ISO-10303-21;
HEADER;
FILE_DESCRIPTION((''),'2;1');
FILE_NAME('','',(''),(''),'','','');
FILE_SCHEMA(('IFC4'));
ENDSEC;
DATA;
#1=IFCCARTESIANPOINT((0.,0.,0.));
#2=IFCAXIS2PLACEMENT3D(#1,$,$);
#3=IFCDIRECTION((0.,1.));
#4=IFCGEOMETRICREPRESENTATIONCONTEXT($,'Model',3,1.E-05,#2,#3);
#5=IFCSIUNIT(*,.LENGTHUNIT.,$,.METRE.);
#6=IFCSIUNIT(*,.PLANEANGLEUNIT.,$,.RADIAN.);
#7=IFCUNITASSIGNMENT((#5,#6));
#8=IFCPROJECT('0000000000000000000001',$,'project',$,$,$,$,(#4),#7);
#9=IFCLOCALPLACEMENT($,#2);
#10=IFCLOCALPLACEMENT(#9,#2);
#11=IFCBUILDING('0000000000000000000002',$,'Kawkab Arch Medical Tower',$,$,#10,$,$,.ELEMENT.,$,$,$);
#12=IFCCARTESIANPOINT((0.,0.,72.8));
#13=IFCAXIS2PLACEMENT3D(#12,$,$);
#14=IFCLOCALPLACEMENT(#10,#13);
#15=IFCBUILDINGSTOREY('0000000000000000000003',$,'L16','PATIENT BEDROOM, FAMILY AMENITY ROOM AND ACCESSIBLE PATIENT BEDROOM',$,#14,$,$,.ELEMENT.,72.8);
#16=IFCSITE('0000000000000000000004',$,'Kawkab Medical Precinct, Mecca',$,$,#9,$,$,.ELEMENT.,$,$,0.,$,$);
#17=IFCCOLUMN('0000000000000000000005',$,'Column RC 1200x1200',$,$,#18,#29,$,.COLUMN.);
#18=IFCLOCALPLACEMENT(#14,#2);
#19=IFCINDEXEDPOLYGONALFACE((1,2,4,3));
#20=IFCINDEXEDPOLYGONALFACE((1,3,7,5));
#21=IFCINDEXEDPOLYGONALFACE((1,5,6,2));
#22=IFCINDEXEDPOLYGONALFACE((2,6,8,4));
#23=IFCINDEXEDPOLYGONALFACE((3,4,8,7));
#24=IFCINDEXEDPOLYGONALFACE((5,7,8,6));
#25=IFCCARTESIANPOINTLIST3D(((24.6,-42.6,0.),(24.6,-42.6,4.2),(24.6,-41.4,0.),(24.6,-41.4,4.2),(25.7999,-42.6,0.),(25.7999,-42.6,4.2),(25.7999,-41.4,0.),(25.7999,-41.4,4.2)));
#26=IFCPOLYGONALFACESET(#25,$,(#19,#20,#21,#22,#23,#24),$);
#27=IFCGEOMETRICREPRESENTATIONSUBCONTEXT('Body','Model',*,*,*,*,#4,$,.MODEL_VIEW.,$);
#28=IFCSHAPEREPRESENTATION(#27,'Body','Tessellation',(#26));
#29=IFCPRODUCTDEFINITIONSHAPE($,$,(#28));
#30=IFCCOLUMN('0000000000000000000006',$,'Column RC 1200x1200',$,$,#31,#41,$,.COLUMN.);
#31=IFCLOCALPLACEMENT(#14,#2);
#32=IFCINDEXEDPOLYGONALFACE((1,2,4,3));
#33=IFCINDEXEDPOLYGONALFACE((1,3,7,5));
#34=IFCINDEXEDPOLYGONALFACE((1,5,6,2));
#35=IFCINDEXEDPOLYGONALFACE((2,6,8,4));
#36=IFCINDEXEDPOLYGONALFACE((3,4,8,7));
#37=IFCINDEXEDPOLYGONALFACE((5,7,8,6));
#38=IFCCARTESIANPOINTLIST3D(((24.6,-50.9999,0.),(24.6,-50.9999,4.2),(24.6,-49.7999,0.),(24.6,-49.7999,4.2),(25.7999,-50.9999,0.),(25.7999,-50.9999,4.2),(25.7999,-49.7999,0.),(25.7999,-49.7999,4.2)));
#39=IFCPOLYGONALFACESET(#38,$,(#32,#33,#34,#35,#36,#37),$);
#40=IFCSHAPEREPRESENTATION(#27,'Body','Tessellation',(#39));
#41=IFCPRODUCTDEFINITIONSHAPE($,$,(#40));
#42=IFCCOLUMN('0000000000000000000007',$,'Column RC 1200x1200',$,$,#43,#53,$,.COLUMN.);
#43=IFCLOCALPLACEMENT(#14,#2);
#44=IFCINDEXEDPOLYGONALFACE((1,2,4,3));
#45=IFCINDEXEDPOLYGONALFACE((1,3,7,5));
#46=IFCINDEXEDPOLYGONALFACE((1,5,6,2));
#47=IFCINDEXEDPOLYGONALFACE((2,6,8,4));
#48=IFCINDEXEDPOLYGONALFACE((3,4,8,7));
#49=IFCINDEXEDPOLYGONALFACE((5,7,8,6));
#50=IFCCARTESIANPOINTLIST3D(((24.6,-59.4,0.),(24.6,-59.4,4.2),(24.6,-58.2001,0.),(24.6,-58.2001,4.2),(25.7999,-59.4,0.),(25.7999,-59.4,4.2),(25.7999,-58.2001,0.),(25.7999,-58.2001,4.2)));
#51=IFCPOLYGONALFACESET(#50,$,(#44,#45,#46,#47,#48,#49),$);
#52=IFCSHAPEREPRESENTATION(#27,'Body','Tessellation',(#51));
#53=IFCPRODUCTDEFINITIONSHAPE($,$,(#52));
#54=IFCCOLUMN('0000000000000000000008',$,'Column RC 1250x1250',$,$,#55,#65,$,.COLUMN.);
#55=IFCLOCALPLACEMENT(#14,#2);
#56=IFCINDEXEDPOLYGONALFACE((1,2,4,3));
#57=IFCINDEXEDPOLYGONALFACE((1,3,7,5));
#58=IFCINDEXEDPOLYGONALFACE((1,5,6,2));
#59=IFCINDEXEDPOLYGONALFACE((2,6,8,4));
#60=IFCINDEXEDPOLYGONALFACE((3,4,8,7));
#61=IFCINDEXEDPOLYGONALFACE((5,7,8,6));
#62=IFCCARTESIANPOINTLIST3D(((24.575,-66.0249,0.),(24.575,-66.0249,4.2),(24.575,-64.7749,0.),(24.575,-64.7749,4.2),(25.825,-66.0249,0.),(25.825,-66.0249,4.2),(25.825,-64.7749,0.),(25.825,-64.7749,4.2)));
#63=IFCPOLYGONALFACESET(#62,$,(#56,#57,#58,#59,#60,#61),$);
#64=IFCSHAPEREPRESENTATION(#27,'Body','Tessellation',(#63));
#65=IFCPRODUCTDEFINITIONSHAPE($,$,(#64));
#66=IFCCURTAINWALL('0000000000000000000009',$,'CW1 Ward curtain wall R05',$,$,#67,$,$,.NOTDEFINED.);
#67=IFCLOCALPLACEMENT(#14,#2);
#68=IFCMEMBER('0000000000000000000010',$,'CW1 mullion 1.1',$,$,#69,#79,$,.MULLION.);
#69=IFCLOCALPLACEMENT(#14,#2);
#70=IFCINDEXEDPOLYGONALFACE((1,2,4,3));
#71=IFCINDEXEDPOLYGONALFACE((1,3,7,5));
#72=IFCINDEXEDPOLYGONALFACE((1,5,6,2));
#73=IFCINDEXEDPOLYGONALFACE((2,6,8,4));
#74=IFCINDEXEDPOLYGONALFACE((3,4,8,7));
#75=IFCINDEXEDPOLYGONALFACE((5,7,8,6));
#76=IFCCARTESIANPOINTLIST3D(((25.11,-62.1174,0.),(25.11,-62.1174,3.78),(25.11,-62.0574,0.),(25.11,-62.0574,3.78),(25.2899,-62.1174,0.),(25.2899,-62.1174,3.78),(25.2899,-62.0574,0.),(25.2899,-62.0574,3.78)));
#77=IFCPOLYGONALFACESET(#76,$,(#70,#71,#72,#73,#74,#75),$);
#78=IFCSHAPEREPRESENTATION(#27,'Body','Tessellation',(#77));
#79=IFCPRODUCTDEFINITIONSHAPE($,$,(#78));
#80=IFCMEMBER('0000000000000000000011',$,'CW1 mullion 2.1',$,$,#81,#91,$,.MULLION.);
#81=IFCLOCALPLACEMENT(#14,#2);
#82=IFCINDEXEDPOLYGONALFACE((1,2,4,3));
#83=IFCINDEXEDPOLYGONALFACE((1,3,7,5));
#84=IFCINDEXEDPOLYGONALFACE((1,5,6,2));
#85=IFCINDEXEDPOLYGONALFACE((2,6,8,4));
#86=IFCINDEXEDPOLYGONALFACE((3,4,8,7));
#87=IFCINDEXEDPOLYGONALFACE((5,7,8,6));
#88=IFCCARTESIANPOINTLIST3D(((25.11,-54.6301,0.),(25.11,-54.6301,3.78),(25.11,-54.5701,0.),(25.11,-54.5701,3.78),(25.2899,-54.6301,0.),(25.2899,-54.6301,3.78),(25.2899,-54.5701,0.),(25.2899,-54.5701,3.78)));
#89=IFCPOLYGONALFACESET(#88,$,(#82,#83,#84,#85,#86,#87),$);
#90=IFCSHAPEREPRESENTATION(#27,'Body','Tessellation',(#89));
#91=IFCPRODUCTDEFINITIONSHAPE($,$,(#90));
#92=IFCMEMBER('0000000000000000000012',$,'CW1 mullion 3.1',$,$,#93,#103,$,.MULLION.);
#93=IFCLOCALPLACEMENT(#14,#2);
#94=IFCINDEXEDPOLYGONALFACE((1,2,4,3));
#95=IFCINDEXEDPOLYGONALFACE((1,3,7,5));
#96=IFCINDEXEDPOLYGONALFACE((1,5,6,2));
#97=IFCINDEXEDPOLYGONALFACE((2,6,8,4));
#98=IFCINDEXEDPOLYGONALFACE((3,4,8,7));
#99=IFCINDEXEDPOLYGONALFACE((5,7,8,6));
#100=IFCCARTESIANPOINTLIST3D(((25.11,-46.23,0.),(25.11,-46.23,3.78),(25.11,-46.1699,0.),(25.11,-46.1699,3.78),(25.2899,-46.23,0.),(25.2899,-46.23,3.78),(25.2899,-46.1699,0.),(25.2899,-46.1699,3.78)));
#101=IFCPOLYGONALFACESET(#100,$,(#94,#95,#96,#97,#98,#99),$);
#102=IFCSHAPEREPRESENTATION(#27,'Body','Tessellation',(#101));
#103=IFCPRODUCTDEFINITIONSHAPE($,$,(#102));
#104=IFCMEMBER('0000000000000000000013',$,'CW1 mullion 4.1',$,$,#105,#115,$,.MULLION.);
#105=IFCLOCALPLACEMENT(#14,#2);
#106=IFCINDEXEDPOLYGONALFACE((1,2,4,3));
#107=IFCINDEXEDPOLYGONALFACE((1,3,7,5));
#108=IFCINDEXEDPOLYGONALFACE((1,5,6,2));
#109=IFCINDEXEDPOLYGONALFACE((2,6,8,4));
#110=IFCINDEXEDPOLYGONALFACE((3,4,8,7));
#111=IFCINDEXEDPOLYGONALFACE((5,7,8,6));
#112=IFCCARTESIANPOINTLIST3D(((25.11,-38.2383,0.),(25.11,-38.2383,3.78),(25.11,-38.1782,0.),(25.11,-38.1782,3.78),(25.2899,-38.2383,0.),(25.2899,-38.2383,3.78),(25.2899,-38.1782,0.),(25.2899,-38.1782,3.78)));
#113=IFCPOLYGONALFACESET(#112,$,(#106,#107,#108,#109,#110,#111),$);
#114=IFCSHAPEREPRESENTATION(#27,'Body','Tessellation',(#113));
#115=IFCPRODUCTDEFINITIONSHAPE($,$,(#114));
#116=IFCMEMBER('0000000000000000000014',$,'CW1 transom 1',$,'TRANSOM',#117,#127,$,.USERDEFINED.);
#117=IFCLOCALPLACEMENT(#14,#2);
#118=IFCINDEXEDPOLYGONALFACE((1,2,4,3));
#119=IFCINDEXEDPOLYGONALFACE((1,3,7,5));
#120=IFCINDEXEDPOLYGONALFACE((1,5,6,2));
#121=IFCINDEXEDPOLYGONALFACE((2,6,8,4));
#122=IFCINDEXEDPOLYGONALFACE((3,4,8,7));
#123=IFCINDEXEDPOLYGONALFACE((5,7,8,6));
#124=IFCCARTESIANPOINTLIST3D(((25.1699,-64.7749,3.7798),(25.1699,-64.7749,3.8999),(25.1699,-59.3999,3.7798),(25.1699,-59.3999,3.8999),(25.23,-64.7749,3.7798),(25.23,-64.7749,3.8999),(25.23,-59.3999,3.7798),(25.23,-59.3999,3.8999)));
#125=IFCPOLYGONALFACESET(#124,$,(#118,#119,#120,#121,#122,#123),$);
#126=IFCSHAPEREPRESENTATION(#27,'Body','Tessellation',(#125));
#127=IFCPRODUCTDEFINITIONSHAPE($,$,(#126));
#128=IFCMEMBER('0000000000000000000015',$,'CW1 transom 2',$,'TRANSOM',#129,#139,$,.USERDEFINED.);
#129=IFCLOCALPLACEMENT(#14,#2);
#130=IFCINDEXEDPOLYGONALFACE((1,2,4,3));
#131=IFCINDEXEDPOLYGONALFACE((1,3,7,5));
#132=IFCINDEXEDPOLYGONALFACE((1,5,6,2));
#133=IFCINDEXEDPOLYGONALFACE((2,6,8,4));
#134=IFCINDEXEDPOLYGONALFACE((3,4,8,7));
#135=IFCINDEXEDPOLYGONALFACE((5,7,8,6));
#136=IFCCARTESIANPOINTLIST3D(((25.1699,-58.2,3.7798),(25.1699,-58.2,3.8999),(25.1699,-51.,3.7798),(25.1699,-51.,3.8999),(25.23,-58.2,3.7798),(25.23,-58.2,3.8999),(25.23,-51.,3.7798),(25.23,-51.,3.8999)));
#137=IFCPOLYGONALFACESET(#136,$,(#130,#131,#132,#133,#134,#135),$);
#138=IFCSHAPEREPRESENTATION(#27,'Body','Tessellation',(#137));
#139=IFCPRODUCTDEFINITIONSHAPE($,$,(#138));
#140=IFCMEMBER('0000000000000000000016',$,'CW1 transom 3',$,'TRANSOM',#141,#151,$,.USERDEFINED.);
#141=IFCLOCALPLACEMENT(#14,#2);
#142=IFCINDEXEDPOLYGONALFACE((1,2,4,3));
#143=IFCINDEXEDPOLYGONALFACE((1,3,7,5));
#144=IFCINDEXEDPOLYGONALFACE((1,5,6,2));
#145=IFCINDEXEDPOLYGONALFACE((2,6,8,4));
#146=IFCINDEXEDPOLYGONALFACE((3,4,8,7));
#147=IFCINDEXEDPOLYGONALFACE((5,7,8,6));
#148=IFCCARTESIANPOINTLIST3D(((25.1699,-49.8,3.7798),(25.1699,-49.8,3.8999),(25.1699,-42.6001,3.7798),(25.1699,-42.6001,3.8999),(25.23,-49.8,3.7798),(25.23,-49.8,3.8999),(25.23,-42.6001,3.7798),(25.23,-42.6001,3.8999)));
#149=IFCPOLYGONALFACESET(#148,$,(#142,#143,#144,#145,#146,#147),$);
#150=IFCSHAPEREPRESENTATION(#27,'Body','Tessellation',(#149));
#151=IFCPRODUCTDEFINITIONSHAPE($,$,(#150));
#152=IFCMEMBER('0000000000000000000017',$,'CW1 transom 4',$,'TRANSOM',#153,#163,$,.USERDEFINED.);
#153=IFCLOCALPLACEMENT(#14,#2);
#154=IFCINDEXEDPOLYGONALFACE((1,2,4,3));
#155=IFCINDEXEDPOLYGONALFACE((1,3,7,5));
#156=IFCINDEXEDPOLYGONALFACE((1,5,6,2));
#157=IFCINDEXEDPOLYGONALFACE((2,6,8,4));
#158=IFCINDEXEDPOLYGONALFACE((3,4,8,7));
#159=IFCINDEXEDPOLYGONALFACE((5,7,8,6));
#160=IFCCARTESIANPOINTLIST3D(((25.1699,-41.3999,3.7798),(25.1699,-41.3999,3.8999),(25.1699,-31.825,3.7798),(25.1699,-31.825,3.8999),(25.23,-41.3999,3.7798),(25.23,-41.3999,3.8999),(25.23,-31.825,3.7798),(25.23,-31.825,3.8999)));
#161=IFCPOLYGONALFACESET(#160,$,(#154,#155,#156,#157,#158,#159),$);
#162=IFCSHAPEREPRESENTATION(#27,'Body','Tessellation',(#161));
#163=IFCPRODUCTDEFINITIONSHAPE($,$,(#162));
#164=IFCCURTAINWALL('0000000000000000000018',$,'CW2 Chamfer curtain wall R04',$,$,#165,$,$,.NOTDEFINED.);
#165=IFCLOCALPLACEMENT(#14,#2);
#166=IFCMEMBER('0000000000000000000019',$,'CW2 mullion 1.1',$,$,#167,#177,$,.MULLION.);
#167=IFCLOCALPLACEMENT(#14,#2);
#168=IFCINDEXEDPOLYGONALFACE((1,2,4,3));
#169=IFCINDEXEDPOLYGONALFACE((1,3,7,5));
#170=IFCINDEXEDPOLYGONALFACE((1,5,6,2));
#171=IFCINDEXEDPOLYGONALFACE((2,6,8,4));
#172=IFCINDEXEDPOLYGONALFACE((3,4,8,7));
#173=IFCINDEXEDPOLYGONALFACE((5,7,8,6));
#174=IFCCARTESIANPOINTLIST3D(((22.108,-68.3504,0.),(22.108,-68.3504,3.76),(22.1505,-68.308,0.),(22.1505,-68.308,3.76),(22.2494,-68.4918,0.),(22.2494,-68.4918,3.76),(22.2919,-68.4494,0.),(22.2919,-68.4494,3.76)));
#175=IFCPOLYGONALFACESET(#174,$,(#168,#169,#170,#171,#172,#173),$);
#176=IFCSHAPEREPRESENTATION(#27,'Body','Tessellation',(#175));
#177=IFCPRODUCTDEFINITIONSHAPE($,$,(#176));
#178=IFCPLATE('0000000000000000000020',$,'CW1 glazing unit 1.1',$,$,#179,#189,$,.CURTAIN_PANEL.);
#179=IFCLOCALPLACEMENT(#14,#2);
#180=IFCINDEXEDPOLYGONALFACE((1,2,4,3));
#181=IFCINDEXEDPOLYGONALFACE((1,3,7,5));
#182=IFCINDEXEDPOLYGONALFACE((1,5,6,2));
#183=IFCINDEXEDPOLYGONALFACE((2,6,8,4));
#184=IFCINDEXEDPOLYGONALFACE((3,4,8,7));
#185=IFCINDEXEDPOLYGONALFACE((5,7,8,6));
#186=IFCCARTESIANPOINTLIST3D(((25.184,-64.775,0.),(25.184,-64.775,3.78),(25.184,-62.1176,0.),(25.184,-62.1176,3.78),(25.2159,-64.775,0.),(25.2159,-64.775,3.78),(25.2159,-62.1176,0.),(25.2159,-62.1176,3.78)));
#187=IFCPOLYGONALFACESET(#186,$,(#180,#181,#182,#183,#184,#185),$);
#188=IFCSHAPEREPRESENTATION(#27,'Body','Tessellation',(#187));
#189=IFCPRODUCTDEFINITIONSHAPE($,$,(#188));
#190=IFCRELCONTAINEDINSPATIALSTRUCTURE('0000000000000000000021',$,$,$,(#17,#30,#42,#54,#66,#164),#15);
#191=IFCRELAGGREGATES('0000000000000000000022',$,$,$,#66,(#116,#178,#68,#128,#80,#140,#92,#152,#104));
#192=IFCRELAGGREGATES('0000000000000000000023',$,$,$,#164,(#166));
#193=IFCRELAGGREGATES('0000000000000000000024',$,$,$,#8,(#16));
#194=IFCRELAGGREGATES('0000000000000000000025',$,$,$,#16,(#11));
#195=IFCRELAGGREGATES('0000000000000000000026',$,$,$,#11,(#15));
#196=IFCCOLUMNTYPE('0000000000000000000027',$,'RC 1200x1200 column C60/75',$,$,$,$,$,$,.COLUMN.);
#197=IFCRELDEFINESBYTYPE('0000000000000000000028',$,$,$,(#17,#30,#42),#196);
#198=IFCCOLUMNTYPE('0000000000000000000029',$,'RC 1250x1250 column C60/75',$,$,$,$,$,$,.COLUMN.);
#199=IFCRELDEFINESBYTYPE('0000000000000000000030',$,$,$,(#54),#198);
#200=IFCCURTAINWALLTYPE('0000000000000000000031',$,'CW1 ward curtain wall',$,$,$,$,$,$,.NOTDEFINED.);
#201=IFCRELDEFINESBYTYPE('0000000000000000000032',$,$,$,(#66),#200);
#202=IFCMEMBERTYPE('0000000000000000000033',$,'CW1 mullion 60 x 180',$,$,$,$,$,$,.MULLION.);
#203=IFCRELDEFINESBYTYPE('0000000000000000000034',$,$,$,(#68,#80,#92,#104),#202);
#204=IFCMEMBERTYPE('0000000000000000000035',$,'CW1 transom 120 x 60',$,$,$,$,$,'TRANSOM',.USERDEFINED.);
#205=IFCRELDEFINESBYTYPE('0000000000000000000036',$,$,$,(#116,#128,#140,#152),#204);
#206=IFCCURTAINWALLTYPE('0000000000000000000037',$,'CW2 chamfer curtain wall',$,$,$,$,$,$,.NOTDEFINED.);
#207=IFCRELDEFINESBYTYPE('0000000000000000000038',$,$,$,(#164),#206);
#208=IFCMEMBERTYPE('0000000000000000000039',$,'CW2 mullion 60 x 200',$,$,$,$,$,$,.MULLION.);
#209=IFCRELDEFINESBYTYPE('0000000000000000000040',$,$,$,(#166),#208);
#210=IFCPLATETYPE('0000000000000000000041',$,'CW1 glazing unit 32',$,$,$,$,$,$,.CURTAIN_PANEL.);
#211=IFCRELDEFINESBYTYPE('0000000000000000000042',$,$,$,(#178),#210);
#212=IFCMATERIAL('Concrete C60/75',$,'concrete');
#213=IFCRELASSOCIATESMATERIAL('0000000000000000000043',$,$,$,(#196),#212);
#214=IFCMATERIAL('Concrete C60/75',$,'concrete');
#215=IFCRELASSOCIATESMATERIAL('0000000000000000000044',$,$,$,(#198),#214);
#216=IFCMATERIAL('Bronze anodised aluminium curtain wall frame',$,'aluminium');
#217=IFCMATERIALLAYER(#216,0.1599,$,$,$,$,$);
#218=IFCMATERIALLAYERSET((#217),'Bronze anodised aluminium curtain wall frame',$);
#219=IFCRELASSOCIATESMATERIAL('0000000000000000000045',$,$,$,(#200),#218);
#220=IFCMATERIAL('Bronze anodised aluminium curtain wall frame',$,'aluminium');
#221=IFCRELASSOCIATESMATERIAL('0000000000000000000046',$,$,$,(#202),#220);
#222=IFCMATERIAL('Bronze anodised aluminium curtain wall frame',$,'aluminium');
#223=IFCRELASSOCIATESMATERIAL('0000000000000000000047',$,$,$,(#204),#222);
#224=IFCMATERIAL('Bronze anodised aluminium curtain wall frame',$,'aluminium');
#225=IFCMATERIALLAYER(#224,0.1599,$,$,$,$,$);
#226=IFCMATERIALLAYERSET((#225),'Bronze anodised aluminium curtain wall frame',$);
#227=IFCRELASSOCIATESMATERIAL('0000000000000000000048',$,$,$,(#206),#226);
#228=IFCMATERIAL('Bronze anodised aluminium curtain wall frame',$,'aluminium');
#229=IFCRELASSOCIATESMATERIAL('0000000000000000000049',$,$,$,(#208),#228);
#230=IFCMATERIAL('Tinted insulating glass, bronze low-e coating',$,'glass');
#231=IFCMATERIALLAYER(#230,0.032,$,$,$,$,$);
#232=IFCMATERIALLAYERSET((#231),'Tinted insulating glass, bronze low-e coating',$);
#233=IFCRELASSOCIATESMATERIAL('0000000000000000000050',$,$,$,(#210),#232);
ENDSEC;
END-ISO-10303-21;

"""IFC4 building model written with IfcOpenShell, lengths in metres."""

from ifc_helpers import new_model, si_unit, direction, frame, origin, origin_2d, place, context, subcontext, project, spatial, rectangle, extrude, material, layer, layer_set, material_profile, profile_set, type_object, element, aggregate, save


model = new_model("IFC4")

# Units and contexts
model_context = context("Model", 3, precision=1e-05, world=origin(), true_north=direction((0.0, 1.0)))
body_context = subcontext(model_context, "Body", "Model", "MODEL_VIEW")
ifc_project = project(units=[si_unit("LENGTHUNIT", "METRE"), si_unit("PLANEANGLEUNIT", "RADIAN")], contexts=[model_context])

# Site, building, storey
site_placement = place(None, origin())
site = spatial("IfcSite", under=ifc_project, at=site_placement, Name="Kawkab Medical Precinct, Mecca", CompositionType="ELEMENT", RefElevation=0.0)
building_placement = place(site_placement, origin())
building = spatial("IfcBuilding", under=site, at=building_placement, Name="Kawkab Arch Medical Tower", CompositionType="ELEMENT")
storey_placement = place(building_placement, frame((0.0, 0.0, 72.8)))
storey = spatial("IfcBuildingStorey", under=building, at=storey_placement, Name="L16", Description="PATIENT BEDROOM, FAMILY AMENITY ROOM AND ACCESSIBLE PATIENT BEDROOM", CompositionType="ELEMENT", Elevation=72.8)

# Columns
ifc_material_1 = material(Name="Concrete C60/75", Category="concrete")
ifc_material_profile_1 = material_profile(ifc_material_1, rectangle(XDim=1.2, YDim=1.2, at=origin_2d()), Name="RC 1200x1200")
ifc_profile_set_1 = profile_set([ifc_material_profile_1], Name="Concrete C60/75")
column_type_1 = type_object("IfcColumnType", Name="RC 1200x1200 column C60/75", PredefinedType="COLUMN", material=ifc_profile_set_1)
for number, where, z_axis, x_axis, name in (
    (1, (25.2, -42.0, 0.0), (0.0, 0.0, 1.0), (1.0, 0.0, 0.0), "Column RC 1200x1200"),
    (2, (25.2, -50.3999, 0.0), (0.0, 0.0, 1.0), (1.0, 0.0, 0.0), "Column RC 1200x1200"),
    (3, (25.2, -58.8, 0.0), (0.0, 0.0, 1.0), (1.0, 0.0, 0.0), "Column RC 1200x1200"),
):
    element("IfcColumn", number, at=place(storey_placement, frame(where, z_axis=z_axis, x_axis=x_axis)), inside=storey, type_object=column_type_1, Name=name, PredefinedType="COLUMN", context=body_context, shape_type="SweptSolid", body=[
        extrude(rectangle(XDim=1.2, YDim=1.2, at=origin_2d()), origin(), (0.0, 0.0, 1.0), 4.2),
    ])
ifc_material_2 = material(Name="Concrete C60/75", Category="concrete")
ifc_material_profile_2 = material_profile(ifc_material_2, rectangle(XDim=1.25, YDim=1.25, at=origin_2d()), Name="RC 1250x1250")
ifc_profile_set_2 = profile_set([ifc_material_profile_2], Name="Concrete C60/75")
column_type_2 = type_object("IfcColumnType", Name="RC 1250x1250 column C60/75", PredefinedType="COLUMN", material=ifc_profile_set_2)
column_placement = place(storey_placement, frame((25.2, -65.3999, 0.0), z_axis=(0.0, 0.0, 1.0), x_axis=(1.0, 0.0, 0.0)))
element("IfcColumn", 4, at=column_placement, inside=storey, type_object=column_type_2, Name="Column RC 1250x1250", PredefinedType="COLUMN", context=body_context, shape_type="SweptSolid", body=[
    extrude(rectangle(XDim=1.25, YDim=1.25, at=origin_2d()), origin(), (0.0, 0.0, 1.0), 4.2),
])

# Curtain wall, members
ifc_material_3 = material(Name="Bronze anodised aluminium curtain wall frame", Category="aluminium")
ifc_layer_1 = layer(ifc_material_3, 0.1599)
ifc_layer_set_1 = layer_set([ifc_layer_1], Name="Bronze anodised aluminium curtain wall frame")
curtain_wall_type_1 = type_object("IfcCurtainWallType", Name="CW1 ward curtain wall", PredefinedType="NOTDEFINED", material=ifc_layer_set_1)
placement = place(storey_placement, origin())
curtain_wall_1 = element("IfcCurtainWall", 5, at=placement, inside=storey, type_object=curtain_wall_type_1, Name="CW1 Ward curtain wall R05", PredefinedType="NOTDEFINED")
ifc_material_4 = material(Name="Bronze anodised aluminium curtain wall frame", Category="aluminium")
ifc_material_profile_3 = material_profile(ifc_material_4, rectangle(XDim=0.1799, YDim=0.0601, at=origin_2d()), Name="AL 60x180")
ifc_profile_set_3 = profile_set([ifc_material_profile_3], Name="Bronze anodised aluminium curtain wall frame")
member_type_1 = type_object("IfcMemberType", Name="CW1 mullion 60 x 180", PredefinedType="MULLION", material=ifc_profile_set_3)
member_1_placement = place(storey_placement, frame((25.2, -62.0874, 0.0), z_axis=(0.0, 0.0, 1.0), x_axis=(-1.0, 0.0, 0.0)))
member_1 = element("IfcMember", 6, at=member_1_placement, type_object=member_type_1, Name="CW1 mullion 1.1", PredefinedType="MULLION", context=body_context, shape_type="SweptSolid", body=[
    extrude(rectangle(XDim=0.1799, YDim=0.0601, at=origin_2d()), origin(), (0.0, 0.0, 1.0), 3.78),
])
member_2_placement = place(storey_placement, frame((25.2, -54.6001, 0.0), z_axis=(0.0, 0.0, 1.0), x_axis=(-1.0, 0.0, 0.0)))
member_2 = element("IfcMember", 7, at=member_2_placement, type_object=member_type_1, Name="CW1 mullion 2.1", PredefinedType="MULLION", context=body_context, shape_type="SweptSolid", body=[
    extrude(rectangle(XDim=0.1799, YDim=0.0601, at=origin_2d()), origin(), (0.0, 0.0, 1.0), 3.78),
])
member_3_placement = place(storey_placement, frame((25.2, -46.2, 0.0), z_axis=(0.0, 0.0, 1.0), x_axis=(-1.0, 0.0, 0.0)))
member_3 = element("IfcMember", 8, at=member_3_placement, type_object=member_type_1, Name="CW1 mullion 3.1", PredefinedType="MULLION", context=body_context, shape_type="SweptSolid", body=[
    extrude(rectangle(XDim=0.1799, YDim=0.0601, at=origin_2d()), origin(), (0.0, 0.0, 1.0), 3.78),
])
member_4_placement = place(storey_placement, frame((25.2, -38.2083, 0.0), z_axis=(0.0, 0.0, 1.0), x_axis=(-1.0, 0.0, 0.0)))
member_4 = element("IfcMember", 9, at=member_4_placement, type_object=member_type_1, Name="CW1 mullion 4.1", PredefinedType="MULLION", context=body_context, shape_type="SweptSolid", body=[
    extrude(rectangle(XDim=0.1799, YDim=0.0601, at=origin_2d()), origin(), (0.0, 0.0, 1.0), 3.78),
])
ifc_material_5 = material(Name="Bronze anodised aluminium curtain wall frame", Category="aluminium")
ifc_material_profile_4 = material_profile(ifc_material_5, rectangle(XDim=0.0601, YDim=0.1201, at=origin_2d()), Name="AL 60x120")
ifc_profile_set_4 = profile_set([ifc_material_profile_4], Name="Bronze anodised aluminium curtain wall frame")
member_type_2 = type_object("IfcMemberType", Name="CW1 transom 120 x 60", ElementType="TRANSOM", PredefinedType="USERDEFINED", material=ifc_profile_set_4)
member_5_placement = place(storey_placement, frame((25.2, -64.7749, 3.8398), z_axis=(0.0, 1.0, 0.0), x_axis=(-1.0, 0.0, 0.0)))
member_5 = element("IfcMember", 10, at=member_5_placement, type_object=member_type_2, Name="CW1 transom 1", ObjectType="TRANSOM", PredefinedType="USERDEFINED", context=body_context, shape_type="SweptSolid", body=[
    extrude(rectangle(XDim=0.0601, YDim=0.1201, at=origin_2d()), origin(), (0.0, 0.0, 1.0), 5.375),
])
member_6_placement = place(storey_placement, frame((25.2, -58.2, 3.8398), z_axis=(0.0, 1.0, 0.0), x_axis=(-1.0, 0.0, 0.0)))
member_6 = element("IfcMember", 11, at=member_6_placement, type_object=member_type_2, Name="CW1 transom 2", ObjectType="TRANSOM", PredefinedType="USERDEFINED", context=body_context, shape_type="SweptSolid", body=[
    extrude(rectangle(XDim=0.0601, YDim=0.1201, at=origin_2d()), origin(), (0.0, 0.0, 1.0), 7.2),
])
member_7_placement = place(storey_placement, frame((25.2, -49.8, 3.8398), z_axis=(0.0, 1.0, 0.0), x_axis=(-1.0, 0.0, 0.0)))
member_7 = element("IfcMember", 12, at=member_7_placement, type_object=member_type_2, Name="CW1 transom 3", ObjectType="TRANSOM", PredefinedType="USERDEFINED", context=body_context, shape_type="SweptSolid", body=[
    extrude(rectangle(XDim=0.0601, YDim=0.1201, at=origin_2d()), origin(), (0.0, 0.0, 1.0), 7.2),
])
member_8_placement = place(storey_placement, frame((25.2, -41.3999, 3.8398), z_axis=(0.0, 1.0, 0.0), x_axis=(-1.0, 0.0, 0.0)))
member_8 = element("IfcMember", 13, at=member_8_placement, type_object=member_type_2, Name="CW1 transom 4", ObjectType="TRANSOM", PredefinedType="USERDEFINED", context=body_context, shape_type="SweptSolid", body=[
    extrude(rectangle(XDim=0.0601, YDim=0.1201, at=origin_2d()), origin(), (0.0, 0.0, 1.0), 9.575),
])

# Curtain wall, member
ifc_material_6 = material(Name="Bronze anodised aluminium curtain wall frame", Category="aluminium")
ifc_layer_2 = layer(ifc_material_6, 0.1599)
ifc_layer_set_2 = layer_set([ifc_layer_2], Name="Bronze anodised aluminium curtain wall frame")
curtain_wall_type_2 = type_object("IfcCurtainWallType", Name="CW2 chamfer curtain wall", PredefinedType="NOTDEFINED", material=ifc_layer_set_2)
curtain_wall_2 = element("IfcCurtainWall", 14, at=placement, inside=storey, type_object=curtain_wall_type_2, Name="CW2 Chamfer curtain wall R04", PredefinedType="NOTDEFINED")
ifc_material_7 = material(Name="Bronze anodised aluminium curtain wall frame", Category="aluminium")
ifc_material_profile_5 = material_profile(ifc_material_7, rectangle(XDim=0.2, YDim=0.0601, at=origin_2d()), Name="AL 60x200")
ifc_profile_set_5 = profile_set([ifc_material_profile_5], Name="Bronze anodised aluminium curtain wall frame")
member_type_3 = type_object("IfcMemberType", Name="CW2 mullion 60 x 200", PredefinedType="MULLION", material=ifc_profile_set_5)
member_9_placement = place(storey_placement, frame((22.2, -68.3999, 0.0), z_axis=(0.0, 0.0, 1.0), x_axis=(-0.707107, 0.707107, 0.0)))
member_9 = element("IfcMember", 15, at=member_9_placement, type_object=member_type_3, Name="CW2 mullion 1.1", PredefinedType="MULLION", context=body_context, shape_type="SweptSolid", body=[
    extrude(rectangle(XDim=0.2, YDim=0.0601, at=origin_2d()), origin(), (0.0, 0.0, 1.0), 3.76),
])

# Plate
ifc_material_8 = material(Name="Tinted insulating glass, bronze low-e coating", Category="glass")
ifc_layer_3 = layer(ifc_material_8, 0.032)
ifc_layer_set_3 = layer_set([ifc_layer_3], Name="Tinted insulating glass, bronze low-e coating")
plate_type_1 = type_object("IfcPlateType", Name="CW1 glazing unit 32", PredefinedType="CURTAIN_PANEL", material=ifc_layer_set_3)
plate_1_placement = place(storey_placement, frame((25.2, -63.4463, 0.0), z_axis=(0.0, 0.0, 1.0), x_axis=(0.0, 1.0, 0.0)))
plate_1 = element("IfcPlate", 16, at=plate_1_placement, type_object=plate_type_1, Name="CW1 glazing unit 1.1", PredefinedType="CURTAIN_PANEL", context=body_context, shape_type="SweptSolid", body=[
    extrude(rectangle(XDim=2.6575, YDim=0.032, at=origin_2d()), origin(), (0.0, 0.0, 1.0), 3.78),
])
aggregate(curtain_wall_1, [member_5, plate_1, member_1, member_6, member_2, member_7, member_3, member_8, member_4])
aggregate(curtain_wall_2, [member_9])

save(model, "model.ifc")
